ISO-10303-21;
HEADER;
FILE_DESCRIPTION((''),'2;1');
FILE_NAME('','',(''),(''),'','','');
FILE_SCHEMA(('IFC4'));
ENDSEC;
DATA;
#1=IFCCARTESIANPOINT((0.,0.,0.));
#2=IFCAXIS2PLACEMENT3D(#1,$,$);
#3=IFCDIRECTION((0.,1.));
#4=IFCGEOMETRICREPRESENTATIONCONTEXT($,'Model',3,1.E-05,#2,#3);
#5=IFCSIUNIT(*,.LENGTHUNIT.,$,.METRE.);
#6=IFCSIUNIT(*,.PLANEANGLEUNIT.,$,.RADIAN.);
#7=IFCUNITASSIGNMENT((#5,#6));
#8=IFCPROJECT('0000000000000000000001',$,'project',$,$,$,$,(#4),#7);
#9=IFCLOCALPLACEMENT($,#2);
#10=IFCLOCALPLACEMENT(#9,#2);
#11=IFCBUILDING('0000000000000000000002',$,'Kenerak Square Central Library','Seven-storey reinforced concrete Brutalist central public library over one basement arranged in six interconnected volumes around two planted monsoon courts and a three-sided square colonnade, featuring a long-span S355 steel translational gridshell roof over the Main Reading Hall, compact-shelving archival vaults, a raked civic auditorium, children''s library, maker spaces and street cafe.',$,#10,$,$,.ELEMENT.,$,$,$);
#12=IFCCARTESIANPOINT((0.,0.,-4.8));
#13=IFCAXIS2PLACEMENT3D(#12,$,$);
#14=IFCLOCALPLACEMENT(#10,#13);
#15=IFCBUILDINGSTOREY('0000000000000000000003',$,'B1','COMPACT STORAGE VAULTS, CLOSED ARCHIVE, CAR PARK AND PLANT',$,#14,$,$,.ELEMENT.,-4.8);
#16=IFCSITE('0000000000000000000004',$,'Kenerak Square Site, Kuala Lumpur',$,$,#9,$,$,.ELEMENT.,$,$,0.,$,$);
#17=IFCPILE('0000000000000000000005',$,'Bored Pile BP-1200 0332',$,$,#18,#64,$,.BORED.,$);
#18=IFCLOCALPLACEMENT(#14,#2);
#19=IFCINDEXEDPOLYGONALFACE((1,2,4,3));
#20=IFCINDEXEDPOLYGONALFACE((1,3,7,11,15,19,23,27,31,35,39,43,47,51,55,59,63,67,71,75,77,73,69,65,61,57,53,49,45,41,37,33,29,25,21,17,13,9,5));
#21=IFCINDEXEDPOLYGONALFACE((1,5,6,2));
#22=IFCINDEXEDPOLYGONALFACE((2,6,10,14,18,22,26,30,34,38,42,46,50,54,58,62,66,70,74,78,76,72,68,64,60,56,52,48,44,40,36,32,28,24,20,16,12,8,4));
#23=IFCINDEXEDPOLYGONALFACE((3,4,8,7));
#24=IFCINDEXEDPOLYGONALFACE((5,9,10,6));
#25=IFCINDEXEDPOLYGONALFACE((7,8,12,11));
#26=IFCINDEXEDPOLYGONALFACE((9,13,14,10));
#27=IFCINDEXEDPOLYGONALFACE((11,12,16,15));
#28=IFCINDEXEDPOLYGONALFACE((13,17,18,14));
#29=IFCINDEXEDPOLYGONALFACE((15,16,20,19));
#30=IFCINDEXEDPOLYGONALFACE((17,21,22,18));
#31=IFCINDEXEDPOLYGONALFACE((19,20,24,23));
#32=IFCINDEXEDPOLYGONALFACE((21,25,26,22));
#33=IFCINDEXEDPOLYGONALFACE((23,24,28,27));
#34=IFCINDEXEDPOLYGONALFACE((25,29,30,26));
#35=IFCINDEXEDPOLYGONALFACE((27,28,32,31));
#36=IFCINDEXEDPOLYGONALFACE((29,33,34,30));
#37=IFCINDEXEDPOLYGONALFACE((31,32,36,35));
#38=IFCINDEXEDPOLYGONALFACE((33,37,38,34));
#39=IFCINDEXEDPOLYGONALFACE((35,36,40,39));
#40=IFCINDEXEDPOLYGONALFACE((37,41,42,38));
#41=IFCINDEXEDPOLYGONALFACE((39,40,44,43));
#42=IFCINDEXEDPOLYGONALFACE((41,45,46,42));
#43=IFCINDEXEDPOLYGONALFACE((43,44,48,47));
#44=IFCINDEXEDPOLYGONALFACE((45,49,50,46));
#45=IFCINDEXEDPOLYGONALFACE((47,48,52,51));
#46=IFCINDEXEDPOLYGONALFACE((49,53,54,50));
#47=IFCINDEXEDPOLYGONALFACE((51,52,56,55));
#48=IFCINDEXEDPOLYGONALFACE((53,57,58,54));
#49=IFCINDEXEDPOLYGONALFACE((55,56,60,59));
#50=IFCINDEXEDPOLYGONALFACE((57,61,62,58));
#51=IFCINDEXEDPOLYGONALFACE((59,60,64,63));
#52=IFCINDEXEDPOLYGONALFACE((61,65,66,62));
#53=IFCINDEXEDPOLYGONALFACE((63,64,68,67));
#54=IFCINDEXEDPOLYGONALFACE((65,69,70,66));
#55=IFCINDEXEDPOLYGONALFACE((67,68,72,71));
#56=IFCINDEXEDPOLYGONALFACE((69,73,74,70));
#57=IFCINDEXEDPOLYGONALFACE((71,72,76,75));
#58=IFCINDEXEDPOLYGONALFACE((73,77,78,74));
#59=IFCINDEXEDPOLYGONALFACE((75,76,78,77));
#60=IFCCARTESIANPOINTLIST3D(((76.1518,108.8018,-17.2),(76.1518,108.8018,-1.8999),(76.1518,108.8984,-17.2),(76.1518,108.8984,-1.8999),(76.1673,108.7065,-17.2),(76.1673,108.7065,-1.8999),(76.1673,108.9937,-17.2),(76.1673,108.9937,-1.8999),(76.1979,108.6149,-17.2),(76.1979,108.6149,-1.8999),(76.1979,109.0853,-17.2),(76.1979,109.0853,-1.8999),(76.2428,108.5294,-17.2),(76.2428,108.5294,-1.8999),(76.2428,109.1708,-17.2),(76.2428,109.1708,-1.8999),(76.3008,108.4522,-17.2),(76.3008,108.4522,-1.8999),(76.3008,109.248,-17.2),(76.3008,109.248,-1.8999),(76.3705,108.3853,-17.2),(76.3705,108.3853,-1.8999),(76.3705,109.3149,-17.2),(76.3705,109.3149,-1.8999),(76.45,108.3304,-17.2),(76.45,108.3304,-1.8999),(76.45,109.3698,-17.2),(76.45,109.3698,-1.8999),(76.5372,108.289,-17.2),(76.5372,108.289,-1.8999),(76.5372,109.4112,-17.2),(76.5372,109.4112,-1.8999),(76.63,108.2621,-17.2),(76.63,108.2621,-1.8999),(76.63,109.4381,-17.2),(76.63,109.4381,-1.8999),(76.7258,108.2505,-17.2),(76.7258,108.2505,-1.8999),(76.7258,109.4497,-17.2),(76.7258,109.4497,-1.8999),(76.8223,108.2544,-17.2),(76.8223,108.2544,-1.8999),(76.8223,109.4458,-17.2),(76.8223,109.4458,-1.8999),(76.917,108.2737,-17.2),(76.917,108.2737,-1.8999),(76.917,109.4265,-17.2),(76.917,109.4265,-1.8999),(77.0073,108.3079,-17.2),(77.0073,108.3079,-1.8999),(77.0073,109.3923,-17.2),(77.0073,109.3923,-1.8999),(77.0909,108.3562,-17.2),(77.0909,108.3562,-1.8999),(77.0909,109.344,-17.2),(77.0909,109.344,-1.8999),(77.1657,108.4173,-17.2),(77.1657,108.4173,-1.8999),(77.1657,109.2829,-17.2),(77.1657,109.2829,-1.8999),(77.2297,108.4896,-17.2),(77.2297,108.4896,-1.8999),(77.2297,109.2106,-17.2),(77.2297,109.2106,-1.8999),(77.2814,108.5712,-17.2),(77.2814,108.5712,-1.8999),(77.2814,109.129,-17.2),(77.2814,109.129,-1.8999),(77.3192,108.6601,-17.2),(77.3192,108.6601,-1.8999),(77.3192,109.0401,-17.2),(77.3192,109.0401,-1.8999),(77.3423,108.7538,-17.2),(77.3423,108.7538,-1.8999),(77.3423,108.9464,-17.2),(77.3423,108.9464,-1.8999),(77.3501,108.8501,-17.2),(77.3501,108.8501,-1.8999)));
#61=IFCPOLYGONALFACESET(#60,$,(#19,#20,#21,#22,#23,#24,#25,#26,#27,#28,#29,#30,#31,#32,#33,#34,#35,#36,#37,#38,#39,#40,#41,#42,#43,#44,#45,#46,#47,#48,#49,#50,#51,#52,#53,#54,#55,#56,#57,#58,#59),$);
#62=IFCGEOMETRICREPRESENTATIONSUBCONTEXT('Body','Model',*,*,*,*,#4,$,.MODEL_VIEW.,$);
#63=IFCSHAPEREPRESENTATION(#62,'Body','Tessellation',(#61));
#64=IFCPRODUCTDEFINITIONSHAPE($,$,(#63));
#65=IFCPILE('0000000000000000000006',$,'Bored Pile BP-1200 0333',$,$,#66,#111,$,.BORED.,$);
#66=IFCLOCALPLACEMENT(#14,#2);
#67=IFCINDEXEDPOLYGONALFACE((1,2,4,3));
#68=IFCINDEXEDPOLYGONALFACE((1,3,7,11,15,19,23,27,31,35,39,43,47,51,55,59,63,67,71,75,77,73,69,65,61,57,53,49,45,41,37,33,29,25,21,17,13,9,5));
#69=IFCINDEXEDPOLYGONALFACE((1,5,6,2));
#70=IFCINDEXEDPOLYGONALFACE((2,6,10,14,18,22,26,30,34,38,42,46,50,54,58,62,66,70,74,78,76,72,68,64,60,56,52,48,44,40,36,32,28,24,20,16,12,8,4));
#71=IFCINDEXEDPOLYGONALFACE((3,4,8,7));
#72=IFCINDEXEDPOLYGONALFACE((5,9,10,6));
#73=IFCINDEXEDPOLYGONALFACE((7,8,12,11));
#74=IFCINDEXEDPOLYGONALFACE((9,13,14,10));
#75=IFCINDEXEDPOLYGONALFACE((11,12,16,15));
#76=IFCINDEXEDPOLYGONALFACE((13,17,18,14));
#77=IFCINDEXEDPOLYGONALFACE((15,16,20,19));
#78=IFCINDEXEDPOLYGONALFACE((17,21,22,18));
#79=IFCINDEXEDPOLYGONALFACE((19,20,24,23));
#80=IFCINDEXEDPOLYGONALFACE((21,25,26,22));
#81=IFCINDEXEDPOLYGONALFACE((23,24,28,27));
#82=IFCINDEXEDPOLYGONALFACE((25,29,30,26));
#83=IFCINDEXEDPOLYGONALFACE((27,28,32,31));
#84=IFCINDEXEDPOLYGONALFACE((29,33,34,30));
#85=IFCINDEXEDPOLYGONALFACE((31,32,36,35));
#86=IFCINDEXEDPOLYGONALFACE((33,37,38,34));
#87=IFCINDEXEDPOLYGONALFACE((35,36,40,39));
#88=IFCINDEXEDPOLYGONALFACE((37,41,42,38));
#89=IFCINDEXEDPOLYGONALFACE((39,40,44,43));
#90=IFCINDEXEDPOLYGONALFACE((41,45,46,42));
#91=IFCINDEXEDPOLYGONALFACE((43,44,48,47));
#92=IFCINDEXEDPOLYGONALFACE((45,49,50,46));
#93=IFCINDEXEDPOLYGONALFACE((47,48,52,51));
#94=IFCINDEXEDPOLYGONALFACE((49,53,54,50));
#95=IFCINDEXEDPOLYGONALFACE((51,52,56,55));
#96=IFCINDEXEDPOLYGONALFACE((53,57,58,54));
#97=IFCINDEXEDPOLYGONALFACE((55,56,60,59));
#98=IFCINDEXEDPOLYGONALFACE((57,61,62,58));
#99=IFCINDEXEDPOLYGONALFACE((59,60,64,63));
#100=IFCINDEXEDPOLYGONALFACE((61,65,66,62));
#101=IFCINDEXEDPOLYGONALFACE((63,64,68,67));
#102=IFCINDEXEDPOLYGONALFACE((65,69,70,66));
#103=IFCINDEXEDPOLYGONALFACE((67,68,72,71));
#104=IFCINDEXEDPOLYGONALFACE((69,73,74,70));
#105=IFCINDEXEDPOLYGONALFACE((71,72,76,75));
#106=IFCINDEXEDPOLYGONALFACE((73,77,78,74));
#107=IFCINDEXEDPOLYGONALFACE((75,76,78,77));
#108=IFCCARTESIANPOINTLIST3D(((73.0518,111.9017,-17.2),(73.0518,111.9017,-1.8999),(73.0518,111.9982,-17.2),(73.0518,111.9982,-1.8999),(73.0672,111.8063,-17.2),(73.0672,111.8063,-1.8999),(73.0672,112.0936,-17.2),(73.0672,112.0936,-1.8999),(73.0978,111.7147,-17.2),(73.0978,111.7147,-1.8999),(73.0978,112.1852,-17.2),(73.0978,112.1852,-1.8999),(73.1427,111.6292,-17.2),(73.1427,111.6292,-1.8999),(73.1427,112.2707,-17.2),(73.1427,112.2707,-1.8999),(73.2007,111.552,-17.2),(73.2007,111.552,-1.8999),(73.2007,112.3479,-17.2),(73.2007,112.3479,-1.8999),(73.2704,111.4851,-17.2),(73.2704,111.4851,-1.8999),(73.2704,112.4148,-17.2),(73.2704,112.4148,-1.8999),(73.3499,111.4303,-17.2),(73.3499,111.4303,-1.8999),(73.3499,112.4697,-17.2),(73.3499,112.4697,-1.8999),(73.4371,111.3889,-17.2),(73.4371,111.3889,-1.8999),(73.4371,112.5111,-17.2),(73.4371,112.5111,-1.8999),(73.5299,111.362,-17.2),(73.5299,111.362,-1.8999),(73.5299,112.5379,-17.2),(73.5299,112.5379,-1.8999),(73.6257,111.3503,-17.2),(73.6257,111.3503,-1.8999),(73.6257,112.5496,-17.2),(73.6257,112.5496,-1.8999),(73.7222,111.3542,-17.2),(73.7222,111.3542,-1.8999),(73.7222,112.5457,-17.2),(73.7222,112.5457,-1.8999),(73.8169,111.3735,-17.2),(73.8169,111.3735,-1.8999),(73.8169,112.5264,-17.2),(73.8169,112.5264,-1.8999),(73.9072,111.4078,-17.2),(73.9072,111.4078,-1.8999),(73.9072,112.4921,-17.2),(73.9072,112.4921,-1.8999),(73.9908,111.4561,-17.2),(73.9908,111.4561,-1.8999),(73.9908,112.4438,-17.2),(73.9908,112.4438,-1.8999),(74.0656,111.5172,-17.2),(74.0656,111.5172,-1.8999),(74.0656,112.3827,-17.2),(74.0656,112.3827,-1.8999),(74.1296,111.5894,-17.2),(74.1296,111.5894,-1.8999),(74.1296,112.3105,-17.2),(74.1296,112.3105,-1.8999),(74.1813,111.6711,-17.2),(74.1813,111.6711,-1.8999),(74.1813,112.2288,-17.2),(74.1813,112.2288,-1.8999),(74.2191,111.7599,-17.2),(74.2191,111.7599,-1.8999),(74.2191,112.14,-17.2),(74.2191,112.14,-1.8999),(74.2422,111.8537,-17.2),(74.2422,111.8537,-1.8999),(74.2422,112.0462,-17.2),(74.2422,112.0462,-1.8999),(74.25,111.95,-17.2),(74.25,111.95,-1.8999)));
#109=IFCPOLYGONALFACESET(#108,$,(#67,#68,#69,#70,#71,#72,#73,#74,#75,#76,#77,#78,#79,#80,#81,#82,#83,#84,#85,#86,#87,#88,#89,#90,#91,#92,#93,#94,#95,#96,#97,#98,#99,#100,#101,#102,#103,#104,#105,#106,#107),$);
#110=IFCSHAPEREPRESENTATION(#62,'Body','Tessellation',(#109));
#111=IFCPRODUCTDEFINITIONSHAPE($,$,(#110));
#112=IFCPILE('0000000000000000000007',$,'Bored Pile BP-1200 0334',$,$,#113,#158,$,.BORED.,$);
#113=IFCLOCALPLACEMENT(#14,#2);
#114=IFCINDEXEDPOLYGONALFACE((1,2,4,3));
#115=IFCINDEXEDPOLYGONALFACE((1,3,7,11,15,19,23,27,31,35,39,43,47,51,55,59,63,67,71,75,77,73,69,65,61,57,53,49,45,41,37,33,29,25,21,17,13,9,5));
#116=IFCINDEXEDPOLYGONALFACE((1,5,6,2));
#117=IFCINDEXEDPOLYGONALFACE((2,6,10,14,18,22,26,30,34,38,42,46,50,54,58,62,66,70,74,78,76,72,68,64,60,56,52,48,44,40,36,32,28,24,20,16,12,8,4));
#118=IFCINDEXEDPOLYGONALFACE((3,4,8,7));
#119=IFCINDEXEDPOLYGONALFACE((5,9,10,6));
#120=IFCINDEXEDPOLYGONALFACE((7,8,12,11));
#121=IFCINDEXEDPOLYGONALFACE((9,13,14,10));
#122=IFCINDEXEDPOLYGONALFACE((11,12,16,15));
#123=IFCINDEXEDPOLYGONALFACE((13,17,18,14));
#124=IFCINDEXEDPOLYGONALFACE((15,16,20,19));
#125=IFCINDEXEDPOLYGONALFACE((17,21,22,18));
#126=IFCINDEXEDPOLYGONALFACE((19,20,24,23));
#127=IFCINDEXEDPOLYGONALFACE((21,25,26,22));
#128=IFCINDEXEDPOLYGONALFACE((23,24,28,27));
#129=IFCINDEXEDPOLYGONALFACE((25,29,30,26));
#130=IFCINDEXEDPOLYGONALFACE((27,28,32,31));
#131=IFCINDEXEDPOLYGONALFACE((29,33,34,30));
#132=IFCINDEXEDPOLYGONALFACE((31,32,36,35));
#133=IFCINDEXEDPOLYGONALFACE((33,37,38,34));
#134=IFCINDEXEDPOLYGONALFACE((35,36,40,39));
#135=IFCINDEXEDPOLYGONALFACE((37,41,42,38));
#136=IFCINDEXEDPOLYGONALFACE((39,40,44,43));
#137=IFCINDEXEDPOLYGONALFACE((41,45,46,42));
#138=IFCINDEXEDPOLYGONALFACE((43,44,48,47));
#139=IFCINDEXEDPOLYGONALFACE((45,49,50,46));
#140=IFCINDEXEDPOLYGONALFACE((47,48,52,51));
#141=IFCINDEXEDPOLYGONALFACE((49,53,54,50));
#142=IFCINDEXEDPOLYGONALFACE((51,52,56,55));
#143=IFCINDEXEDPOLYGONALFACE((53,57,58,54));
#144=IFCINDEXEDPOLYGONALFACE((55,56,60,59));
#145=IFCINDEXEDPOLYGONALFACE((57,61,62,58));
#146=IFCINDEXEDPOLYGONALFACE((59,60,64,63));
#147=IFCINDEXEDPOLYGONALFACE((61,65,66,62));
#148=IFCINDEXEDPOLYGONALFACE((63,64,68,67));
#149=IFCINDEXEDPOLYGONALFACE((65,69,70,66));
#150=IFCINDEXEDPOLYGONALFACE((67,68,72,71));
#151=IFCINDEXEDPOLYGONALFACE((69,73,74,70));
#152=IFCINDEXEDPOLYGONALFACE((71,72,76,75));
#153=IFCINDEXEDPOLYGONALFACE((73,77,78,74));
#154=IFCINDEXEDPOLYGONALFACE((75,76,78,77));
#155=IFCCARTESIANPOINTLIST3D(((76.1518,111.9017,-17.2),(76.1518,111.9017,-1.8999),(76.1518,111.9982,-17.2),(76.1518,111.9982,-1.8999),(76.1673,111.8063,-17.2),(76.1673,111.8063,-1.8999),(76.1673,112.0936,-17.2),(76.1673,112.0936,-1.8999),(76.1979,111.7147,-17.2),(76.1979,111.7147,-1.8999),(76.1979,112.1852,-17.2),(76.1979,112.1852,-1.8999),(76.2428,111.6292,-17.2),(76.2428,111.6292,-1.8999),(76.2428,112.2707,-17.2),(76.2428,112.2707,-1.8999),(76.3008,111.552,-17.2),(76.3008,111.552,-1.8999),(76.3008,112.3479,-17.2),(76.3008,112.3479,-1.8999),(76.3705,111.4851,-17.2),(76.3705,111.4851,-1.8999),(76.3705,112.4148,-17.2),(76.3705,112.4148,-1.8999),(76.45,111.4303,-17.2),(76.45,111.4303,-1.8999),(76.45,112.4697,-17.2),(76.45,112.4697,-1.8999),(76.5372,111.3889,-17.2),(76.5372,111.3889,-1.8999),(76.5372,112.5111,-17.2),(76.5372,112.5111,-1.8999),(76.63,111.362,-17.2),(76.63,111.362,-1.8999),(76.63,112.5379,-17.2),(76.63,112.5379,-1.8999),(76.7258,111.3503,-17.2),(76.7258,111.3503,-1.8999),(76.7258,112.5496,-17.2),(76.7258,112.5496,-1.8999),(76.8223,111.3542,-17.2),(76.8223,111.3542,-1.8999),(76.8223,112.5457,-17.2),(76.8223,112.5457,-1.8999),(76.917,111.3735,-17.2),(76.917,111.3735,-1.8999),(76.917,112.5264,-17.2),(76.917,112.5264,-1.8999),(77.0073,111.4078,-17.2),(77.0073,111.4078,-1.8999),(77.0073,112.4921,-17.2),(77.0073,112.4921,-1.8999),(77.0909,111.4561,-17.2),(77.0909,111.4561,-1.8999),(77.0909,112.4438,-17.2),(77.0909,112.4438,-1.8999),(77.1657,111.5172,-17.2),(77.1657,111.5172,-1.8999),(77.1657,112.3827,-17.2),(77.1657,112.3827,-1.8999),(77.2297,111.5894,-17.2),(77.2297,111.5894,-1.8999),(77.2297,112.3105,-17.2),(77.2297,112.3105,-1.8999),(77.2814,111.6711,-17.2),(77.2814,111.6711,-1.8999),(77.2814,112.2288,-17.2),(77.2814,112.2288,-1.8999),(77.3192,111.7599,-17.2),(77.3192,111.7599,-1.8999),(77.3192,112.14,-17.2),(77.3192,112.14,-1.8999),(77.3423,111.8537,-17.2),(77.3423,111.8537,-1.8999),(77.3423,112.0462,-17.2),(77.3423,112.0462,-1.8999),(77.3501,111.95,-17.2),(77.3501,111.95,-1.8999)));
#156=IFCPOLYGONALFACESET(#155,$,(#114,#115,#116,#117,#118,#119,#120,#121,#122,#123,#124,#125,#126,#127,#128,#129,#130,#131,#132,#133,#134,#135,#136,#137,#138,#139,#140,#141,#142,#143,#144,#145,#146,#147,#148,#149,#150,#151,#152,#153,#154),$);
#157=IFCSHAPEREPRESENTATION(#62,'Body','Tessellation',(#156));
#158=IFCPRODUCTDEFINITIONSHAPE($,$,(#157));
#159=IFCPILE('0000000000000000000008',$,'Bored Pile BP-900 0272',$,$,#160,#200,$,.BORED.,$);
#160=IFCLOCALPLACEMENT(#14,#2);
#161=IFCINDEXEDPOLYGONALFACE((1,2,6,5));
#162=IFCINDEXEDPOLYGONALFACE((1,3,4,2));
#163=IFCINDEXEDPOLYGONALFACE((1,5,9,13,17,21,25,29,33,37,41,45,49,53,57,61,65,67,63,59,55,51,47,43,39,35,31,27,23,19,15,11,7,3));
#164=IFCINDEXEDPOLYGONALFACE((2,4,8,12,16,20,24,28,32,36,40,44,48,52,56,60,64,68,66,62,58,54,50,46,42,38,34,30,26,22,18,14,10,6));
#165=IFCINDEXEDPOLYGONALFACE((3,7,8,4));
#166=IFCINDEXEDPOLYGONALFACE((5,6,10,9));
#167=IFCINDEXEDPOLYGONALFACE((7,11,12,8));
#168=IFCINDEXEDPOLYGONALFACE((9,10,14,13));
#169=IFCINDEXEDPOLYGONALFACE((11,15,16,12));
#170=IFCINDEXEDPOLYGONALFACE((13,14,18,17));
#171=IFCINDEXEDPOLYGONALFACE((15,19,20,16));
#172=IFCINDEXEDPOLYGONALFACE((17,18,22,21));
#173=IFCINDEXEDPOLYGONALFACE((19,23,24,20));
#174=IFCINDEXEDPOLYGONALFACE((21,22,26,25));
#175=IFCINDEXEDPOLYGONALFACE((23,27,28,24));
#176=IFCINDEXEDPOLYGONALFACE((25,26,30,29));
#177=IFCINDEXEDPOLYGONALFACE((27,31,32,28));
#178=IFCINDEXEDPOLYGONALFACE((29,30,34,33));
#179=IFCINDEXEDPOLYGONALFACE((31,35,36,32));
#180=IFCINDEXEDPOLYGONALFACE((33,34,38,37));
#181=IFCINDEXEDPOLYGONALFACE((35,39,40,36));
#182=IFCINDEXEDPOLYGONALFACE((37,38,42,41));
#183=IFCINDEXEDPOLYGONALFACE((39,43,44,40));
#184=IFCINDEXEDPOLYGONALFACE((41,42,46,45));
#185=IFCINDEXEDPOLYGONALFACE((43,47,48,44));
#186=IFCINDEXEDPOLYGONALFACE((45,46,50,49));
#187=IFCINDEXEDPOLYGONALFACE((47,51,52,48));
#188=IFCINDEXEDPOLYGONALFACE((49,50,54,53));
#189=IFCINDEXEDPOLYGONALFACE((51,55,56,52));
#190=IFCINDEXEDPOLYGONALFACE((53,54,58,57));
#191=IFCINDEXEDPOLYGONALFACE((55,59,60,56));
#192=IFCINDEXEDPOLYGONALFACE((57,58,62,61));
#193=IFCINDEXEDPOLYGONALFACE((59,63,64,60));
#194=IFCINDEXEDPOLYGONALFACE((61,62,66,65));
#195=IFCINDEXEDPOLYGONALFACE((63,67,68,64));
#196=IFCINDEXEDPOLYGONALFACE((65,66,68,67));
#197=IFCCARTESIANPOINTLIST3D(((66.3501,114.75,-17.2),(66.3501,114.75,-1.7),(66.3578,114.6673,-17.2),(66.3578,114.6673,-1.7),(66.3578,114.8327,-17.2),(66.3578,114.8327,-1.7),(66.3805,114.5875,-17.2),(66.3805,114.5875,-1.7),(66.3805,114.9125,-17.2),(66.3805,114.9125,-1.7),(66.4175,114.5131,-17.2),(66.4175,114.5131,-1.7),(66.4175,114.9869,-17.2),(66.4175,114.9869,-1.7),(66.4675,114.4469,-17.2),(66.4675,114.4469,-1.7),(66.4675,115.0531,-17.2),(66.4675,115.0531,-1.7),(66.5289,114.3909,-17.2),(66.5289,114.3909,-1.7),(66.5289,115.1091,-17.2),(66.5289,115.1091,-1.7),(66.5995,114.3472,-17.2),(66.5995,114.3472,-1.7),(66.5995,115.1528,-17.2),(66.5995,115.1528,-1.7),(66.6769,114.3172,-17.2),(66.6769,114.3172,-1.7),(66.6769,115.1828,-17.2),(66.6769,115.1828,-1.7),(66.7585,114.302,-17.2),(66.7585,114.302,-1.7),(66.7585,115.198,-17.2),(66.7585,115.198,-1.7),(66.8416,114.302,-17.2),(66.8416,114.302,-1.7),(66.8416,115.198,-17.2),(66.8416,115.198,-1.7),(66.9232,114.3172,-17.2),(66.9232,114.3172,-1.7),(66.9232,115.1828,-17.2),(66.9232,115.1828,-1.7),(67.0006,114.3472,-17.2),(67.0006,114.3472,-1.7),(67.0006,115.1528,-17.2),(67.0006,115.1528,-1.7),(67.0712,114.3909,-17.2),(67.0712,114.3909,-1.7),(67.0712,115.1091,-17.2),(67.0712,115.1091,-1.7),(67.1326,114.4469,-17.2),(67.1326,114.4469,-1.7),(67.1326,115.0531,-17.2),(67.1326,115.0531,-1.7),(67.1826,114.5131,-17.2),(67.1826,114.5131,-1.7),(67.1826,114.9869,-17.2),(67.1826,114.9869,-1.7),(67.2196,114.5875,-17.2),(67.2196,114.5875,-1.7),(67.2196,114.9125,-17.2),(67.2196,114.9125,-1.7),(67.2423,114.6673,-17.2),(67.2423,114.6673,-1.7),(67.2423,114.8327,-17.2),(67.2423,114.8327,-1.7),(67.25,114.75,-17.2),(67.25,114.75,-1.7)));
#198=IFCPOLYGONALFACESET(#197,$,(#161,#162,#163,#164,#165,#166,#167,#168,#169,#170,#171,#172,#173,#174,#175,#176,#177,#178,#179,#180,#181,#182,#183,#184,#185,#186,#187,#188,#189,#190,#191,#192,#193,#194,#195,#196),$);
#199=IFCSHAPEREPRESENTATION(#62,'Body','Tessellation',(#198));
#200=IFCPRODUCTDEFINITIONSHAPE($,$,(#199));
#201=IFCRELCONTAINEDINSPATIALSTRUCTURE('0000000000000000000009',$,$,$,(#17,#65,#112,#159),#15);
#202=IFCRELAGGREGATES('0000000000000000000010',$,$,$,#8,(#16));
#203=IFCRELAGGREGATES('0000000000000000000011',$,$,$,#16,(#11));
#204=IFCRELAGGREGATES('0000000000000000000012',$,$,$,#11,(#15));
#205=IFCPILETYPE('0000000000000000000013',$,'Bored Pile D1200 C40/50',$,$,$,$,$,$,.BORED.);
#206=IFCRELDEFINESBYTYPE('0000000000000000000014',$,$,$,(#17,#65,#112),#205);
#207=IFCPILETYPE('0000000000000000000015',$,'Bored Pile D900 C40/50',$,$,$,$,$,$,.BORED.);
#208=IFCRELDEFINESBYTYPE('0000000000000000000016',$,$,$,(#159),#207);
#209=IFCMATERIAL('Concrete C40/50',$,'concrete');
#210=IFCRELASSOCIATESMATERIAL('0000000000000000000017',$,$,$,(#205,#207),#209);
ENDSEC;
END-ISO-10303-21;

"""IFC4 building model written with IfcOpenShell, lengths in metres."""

from ifc_helpers import new_model, si_unit, direction, frame, origin, origin_2d, place, context, subcontext, project, spatial, circle, extrude, material, material_profile, profile_set, type_object, element, save


model = new_model("IFC4")

# Units and contexts
model_context = context("Model", 3, precision=1e-05, world=origin(), true_north=direction((0.0, 1.0)))
body_context = subcontext(model_context, "Body", "Model", "MODEL_VIEW")
ifc_project = project(units=[si_unit("LENGTHUNIT", "METRE"), si_unit("PLANEANGLEUNIT", "RADIAN")], contexts=[model_context])

# Site, building, storey
site_placement = place(None, origin())
site = spatial("IfcSite", under=ifc_project, at=site_placement, Name="Kenerak Square Site, Kuala Lumpur", CompositionType="ELEMENT", RefElevation=0.0)
building_placement = place(site_placement, origin())
building = spatial("IfcBuilding", under=site, at=building_placement, Name="Kenerak Square Central Library", Description="Seven-storey reinforced concrete Brutalist central public library over one basement arranged in six interconnected volumes around two planted monsoon courts and a three-sided square colonnade, featuring a long-span S355 steel translational gridshell roof over the Main Reading Hall, compact-shelving archival vaults, a raked civic auditorium, children's library, maker spaces and street cafe.", CompositionType="ELEMENT")
storey_placement = place(building_placement, frame((0.0, 0.0, -4.8)))
storey = spatial("IfcBuildingStorey", under=building, at=storey_placement, Name="B1", Description="COMPACT STORAGE VAULTS, CLOSED ARCHIVE, CAR PARK AND PLANT", CompositionType="ELEMENT", Elevation=-4.8)

# Piles
ifc_material_1 = material(Name="Concrete C40/50", Category="concrete")
ifc_material_profile_1 = material_profile(ifc_material_1, circle(Radius=0.6001, at=origin_2d()), Name="BP D1200")
ifc_profile_set_1 = profile_set([ifc_material_profile_1], Name="Concrete C40/50")
pile_type_1 = type_object("IfcPileType", Name="Bored Pile D1200 C40/50", PredefinedType="BORED", material=ifc_profile_set_1)
for number, where, z_axis, x_axis, name in (
    (1, (76.75, 108.8501, -1.8999), (0.0, 0.0, -1.0), (1.0, 0.0, 0.0), "Bored Pile BP-1200 0332"),
    (2, (73.6499, 111.95, -1.8999), (0.0, 0.0, -1.0), (1.0, 0.0, 0.0), "Bored Pile BP-1200 0333"),
    (3, (76.75, 111.95, -1.8999), (0.0, 0.0, -1.0), (1.0, 0.0, 0.0), "Bored Pile BP-1200 0334"),
):
    element("IfcPile", number, at=place(storey_placement, frame(where, z_axis=z_axis, x_axis=x_axis)), inside=storey, type_object=pile_type_1, Name=name, PredefinedType="BORED", context=body_context, shape_type="SweptSolid", body=[
        extrude(circle(Radius=0.6001, at=origin_2d()), origin(), (0.0, 0.0, 1.0), 15.3),
    ])
ifc_material_profile_2 = material_profile(ifc_material_1, circle(Radius=0.45, at=origin_2d()), Name="BP D900")
ifc_profile_set_2 = profile_set([ifc_material_profile_2], Name="Concrete C40/50")
pile_type_2 = type_object("IfcPileType", Name="Bored Pile D900 C40/50", PredefinedType="BORED", material=ifc_profile_set_2)
for number, where, z_axis, x_axis, name in (
    (4, (66.8, 114.75, -1.7), (0.0, 0.0, -1.0), (1.0, 0.0, 0.0), "Bored Pile BP-900 0272"),
):
    element("IfcPile", number, at=place(storey_placement, frame(where, z_axis=z_axis, x_axis=x_axis)), inside=storey, type_object=pile_type_2, Name=name, PredefinedType="BORED", context=body_context, shape_type="SweptSolid", body=[
        extrude(circle(Radius=0.45, at=origin_2d()), origin(), (0.0, 0.0, 1.0), 15.5),
    ])

save(model, "model.ifc")
